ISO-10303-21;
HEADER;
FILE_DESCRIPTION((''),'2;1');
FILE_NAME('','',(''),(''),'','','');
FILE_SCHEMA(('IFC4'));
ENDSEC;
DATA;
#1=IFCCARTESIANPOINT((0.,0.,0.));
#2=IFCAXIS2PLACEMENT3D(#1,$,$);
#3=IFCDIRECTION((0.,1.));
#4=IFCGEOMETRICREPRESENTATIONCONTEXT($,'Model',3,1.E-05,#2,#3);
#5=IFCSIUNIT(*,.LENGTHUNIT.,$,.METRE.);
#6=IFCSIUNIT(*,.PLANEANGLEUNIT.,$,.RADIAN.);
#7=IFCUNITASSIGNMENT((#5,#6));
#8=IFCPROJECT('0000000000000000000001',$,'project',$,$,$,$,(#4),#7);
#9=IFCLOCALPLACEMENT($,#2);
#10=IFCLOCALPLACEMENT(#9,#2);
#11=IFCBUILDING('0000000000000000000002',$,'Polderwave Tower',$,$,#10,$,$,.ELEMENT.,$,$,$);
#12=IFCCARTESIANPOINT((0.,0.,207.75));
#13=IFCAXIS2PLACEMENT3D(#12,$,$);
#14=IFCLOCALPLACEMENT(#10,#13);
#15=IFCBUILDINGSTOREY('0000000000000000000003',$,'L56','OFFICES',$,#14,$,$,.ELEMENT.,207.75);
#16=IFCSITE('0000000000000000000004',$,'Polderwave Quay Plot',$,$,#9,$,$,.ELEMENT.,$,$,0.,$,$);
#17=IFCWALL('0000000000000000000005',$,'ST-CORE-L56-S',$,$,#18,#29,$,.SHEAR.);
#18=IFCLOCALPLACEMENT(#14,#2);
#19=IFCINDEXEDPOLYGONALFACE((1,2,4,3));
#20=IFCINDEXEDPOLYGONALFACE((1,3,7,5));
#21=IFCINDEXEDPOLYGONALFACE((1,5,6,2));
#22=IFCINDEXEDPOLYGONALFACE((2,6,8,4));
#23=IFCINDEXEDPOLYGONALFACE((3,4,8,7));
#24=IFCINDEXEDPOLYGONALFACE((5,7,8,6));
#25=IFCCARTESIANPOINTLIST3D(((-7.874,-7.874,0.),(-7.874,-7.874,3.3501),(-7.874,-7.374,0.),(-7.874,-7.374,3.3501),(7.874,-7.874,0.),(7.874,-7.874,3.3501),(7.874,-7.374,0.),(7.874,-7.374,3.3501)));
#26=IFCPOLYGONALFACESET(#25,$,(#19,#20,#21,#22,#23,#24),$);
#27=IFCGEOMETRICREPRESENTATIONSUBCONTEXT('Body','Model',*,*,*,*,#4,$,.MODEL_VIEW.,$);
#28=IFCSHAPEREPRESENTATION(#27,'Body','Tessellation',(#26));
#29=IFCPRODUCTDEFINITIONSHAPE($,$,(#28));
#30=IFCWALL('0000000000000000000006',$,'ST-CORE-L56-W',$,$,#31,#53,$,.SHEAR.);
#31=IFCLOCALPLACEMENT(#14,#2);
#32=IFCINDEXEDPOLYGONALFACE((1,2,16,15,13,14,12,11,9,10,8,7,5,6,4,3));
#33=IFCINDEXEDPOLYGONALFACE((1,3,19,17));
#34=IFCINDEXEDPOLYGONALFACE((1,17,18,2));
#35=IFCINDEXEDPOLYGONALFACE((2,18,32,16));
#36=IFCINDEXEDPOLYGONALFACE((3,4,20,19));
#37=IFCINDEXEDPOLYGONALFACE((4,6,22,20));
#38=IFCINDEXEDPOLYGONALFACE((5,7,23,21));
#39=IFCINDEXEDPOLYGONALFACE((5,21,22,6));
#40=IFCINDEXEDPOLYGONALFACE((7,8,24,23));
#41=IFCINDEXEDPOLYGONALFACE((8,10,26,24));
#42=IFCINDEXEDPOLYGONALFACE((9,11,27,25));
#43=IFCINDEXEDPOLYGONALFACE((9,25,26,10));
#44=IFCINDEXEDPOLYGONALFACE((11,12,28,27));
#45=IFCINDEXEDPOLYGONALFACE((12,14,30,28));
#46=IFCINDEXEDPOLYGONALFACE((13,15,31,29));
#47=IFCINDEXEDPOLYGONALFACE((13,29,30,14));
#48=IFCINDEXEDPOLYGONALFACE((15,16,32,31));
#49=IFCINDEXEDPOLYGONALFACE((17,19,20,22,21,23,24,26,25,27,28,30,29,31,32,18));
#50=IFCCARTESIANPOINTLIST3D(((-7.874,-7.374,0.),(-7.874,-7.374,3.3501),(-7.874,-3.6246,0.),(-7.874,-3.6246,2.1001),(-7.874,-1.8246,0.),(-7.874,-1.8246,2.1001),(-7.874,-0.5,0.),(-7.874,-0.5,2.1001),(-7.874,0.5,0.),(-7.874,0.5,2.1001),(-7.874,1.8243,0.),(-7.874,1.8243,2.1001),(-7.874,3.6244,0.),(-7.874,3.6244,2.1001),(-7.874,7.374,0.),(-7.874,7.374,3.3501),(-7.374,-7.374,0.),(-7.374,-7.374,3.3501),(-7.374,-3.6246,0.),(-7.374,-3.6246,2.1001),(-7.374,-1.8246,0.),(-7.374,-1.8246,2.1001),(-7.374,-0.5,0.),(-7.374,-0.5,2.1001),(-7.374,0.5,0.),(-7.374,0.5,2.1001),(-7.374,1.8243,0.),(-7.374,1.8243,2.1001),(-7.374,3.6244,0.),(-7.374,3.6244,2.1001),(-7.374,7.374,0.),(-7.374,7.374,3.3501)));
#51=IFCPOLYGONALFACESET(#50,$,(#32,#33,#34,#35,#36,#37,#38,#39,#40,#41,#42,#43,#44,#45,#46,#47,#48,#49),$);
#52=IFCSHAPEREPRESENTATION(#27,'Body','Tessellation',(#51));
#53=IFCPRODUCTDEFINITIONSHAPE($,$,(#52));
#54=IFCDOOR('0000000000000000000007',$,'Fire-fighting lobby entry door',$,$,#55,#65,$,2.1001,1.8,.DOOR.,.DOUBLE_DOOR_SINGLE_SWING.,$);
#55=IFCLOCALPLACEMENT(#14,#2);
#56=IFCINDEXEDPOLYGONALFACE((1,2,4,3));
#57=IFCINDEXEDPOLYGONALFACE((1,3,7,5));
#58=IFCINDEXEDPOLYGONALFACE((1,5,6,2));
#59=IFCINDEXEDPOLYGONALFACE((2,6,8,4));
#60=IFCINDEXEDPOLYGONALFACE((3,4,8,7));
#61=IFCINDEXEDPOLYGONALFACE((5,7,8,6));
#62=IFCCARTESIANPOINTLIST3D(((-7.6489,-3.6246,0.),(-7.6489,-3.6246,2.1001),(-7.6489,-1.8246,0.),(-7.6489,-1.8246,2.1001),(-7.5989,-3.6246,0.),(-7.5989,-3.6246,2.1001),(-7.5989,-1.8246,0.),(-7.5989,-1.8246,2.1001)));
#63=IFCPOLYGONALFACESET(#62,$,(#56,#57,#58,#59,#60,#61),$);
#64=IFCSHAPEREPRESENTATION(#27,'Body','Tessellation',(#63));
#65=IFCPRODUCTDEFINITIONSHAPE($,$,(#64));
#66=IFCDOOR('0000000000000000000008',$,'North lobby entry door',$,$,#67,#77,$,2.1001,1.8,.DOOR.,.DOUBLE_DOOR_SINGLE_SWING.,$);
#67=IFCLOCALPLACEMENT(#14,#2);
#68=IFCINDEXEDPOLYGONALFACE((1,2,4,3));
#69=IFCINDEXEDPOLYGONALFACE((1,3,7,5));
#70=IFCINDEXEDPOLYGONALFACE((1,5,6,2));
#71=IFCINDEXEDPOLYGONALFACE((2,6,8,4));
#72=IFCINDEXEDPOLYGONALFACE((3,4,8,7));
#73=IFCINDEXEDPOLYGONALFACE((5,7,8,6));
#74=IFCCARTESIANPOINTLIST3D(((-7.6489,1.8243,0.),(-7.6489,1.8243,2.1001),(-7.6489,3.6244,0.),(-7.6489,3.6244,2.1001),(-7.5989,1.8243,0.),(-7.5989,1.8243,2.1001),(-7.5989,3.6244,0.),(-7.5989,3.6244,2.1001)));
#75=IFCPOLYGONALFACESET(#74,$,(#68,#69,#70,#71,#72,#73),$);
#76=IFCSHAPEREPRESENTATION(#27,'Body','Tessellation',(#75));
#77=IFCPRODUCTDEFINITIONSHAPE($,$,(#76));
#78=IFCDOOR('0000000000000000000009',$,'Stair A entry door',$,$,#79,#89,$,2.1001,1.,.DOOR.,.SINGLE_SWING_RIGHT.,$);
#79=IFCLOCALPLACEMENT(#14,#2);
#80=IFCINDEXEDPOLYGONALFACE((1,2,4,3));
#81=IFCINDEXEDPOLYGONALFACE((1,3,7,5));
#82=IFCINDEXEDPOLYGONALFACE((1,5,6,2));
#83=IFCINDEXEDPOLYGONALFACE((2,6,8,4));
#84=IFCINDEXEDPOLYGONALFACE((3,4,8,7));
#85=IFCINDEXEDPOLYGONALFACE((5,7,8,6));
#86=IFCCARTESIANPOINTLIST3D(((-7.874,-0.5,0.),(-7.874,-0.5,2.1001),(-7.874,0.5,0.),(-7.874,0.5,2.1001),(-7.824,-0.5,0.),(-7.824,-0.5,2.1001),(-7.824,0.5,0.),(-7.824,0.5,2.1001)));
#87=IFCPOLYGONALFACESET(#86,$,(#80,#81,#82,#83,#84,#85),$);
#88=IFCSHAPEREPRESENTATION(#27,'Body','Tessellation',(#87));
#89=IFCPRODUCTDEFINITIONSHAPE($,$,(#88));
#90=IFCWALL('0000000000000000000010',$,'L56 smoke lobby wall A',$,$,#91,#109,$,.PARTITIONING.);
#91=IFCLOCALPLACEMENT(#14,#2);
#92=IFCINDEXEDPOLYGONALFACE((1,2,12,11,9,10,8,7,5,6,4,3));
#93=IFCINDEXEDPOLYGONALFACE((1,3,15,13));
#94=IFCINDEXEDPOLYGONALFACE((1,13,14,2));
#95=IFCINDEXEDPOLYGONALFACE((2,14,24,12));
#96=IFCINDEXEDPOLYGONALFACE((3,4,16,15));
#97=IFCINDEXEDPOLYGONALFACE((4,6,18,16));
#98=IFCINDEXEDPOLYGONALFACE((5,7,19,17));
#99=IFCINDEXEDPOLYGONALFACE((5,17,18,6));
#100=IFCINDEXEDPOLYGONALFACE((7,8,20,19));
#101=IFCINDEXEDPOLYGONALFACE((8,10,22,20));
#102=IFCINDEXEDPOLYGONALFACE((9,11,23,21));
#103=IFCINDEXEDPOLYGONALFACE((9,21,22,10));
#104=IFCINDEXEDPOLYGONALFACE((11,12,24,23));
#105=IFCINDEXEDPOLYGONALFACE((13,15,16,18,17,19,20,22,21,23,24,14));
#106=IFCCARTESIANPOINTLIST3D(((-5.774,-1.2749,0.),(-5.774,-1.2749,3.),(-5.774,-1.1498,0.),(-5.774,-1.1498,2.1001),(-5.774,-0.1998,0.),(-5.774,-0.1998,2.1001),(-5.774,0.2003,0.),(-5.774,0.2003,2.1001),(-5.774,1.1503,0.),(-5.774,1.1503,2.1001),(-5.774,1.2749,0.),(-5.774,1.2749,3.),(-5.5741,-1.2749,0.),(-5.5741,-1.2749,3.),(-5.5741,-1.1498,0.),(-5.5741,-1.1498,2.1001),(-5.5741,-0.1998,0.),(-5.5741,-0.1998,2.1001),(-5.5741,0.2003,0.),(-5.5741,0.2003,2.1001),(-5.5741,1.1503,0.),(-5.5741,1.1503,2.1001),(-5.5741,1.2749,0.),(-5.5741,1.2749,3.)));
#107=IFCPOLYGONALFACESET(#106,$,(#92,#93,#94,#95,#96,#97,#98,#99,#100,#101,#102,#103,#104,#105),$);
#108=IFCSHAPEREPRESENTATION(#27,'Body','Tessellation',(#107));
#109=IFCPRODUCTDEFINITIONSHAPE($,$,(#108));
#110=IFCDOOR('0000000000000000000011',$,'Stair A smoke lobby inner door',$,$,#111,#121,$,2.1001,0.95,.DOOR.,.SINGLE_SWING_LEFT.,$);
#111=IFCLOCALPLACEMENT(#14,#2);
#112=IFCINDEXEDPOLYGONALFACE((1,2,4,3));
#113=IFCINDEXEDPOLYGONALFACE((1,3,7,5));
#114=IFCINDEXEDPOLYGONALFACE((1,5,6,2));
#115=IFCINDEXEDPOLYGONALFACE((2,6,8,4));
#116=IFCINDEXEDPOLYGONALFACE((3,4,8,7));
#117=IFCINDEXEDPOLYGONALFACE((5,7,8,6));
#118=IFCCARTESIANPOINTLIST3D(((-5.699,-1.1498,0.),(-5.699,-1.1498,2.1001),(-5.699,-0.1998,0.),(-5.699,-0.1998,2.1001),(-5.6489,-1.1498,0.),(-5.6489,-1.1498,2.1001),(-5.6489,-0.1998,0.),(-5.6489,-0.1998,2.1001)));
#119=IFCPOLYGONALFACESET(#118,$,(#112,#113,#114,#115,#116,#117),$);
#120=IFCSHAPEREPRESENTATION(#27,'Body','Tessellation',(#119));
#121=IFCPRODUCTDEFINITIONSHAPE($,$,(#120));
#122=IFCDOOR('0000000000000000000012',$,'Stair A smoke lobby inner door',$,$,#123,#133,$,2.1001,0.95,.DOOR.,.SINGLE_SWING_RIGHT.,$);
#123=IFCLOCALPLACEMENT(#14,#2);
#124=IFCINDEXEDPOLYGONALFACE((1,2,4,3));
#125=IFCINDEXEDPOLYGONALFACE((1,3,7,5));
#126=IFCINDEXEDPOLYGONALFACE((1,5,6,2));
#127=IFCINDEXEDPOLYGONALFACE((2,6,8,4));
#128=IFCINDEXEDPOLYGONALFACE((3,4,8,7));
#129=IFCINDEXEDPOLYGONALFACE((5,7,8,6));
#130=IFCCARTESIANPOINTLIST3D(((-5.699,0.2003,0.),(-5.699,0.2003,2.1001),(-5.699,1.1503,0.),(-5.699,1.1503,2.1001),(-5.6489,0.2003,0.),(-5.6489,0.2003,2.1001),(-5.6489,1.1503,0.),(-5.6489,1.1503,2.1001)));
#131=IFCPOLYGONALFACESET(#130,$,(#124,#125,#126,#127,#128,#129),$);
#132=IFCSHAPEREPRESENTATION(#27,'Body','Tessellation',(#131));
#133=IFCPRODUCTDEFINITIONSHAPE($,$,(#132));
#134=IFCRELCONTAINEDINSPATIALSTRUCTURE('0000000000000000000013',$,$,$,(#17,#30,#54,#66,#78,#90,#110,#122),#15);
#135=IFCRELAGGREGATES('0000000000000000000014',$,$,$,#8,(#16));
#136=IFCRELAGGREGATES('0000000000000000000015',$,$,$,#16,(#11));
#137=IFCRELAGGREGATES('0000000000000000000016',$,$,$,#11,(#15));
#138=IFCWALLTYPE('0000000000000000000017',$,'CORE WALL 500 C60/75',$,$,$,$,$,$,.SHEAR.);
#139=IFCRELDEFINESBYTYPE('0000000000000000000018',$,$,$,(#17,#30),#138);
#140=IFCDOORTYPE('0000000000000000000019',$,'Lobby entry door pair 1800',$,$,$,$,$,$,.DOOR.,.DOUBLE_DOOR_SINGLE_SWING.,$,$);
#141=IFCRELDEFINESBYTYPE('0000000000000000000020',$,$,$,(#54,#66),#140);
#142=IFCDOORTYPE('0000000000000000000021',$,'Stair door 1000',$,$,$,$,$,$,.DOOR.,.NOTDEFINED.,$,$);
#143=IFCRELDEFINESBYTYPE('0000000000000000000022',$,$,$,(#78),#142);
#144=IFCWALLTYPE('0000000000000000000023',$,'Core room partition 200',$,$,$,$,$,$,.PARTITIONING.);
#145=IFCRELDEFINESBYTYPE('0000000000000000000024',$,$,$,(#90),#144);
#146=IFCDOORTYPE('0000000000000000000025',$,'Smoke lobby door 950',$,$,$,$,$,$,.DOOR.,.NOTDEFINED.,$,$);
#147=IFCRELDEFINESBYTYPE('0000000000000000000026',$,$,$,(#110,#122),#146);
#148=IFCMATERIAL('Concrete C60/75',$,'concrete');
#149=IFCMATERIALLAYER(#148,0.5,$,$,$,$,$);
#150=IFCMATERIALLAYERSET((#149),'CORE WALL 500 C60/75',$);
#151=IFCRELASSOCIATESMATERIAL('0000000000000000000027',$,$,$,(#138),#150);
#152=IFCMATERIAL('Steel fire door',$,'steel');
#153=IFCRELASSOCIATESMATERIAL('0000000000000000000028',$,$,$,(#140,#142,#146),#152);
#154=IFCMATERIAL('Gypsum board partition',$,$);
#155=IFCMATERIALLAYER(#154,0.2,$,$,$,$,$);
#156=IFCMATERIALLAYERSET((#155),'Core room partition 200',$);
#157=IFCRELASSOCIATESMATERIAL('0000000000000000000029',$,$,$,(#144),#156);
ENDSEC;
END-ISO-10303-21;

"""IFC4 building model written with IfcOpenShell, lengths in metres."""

from ifc_helpers import new_model, si_unit, direction, frame, frame_2d, origin, place, context, subcontext, project, spatial, rectangle, extrude, material, layer, layer_set, type_object, element, fill, save


model = new_model("IFC4")

# Units and contexts
model_context = context("Model", 3, precision=1e-05, world=origin(), true_north=direction((0.0, 1.0)))
body_context = subcontext(model_context, "Body", "Model", "MODEL_VIEW")
ifc_project = project(units=[si_unit("LENGTHUNIT", "METRE"), si_unit("PLANEANGLEUNIT", "RADIAN")], contexts=[model_context])

# Site, building, storey
site_placement = place(None, origin())
site = spatial("IfcSite", under=ifc_project, at=site_placement, Name="Polderwave Quay Plot", CompositionType="ELEMENT", RefElevation=0.0)
building_placement = place(site_placement, origin())
building = spatial("IfcBuilding", under=site, at=building_placement, Name="Polderwave Tower", CompositionType="ELEMENT")
storey_placement = place(building_placement, frame((0.0, 0.0, 207.75)))
storey = spatial("IfcBuildingStorey", under=building, at=storey_placement, Name="L56", Description="OFFICES", CompositionType="ELEMENT", Elevation=207.75)

# Wall
ifc_material_1 = material(Name="Concrete C60/75", Category="concrete")
ifc_layer_1 = layer(ifc_material_1, 0.5)
ifc_layer_set_1 = layer_set([ifc_layer_1], Name="CORE WALL 500 C60/75")
wall_type_1 = type_object("IfcWallType", Name="CORE WALL 500 C60/75", PredefinedType="SHEAR", material=ifc_layer_set_1)
wall_1_placement = place(storey_placement, frame((-7.874, -7.624, 0.0), z_axis=(0.0, 0.0, 1.0), x_axis=(1.0, 0.0, 0.0)))
element("IfcWall", 1, at=wall_1_placement, inside=storey, type_object=wall_type_1, Name="ST-CORE-L56-S", PredefinedType="SHEAR", context=body_context, shape_type="SweptSolid", body=[
    extrude(rectangle(XDim=15.748, YDim=0.5, at=frame_2d((7.874, 0.0))), origin(), (0.0, 0.0, 1.0), 3.3501),
])

# Walls, openings, doors
wall_2_placement = place(storey_placement, frame((-7.624, -7.374, 0.0), z_axis=(0.0, 0.0, 1.0), x_axis=(0.0, 1.0, 0.0)))
wall_2 = element("IfcWall", 2, at=wall_2_placement, inside=storey, type_object=wall_type_1, Name="ST-CORE-L56-W", PredefinedType="SHEAR", context=body_context, shape_type="SweptSolid", body=[
    extrude(rectangle(XDim=14.748, YDim=0.5, at=frame_2d((7.374, 0.0))), origin(), (0.0, 0.0, 1.0), 3.3501),
])
opening_1_placement = place(wall_2_placement, frame((6.874, 0.0, 0.0)))
opening_1 = element("IfcOpeningElement", 3, at=opening_1_placement, cuts=wall_2, PredefinedType="OPENING", context=body_context, shape_type="SweptSolid", body=[
    extrude(rectangle(XDim=1.0, YDim=2.1001, at=frame_2d((0.5, 1.05))), frame((0.0, 0.26, 0.0), z_axis=(0.0, -1.0, 0.0), x_axis=(1.0, 0.0, 0.0)), (0.0, 0.0, 1.0), 0.52),
])
opening_2_placement = place(wall_2_placement, frame((3.7495, 0.0, 0.0)))
opening_2 = element("IfcOpeningElement", 4, at=opening_2_placement, cuts=wall_2, PredefinedType="OPENING", context=body_context, shape_type="SweptSolid", body=[
    extrude(rectangle(XDim=1.8, YDim=2.1001, at=frame_2d((0.8999, 1.05))), frame((0.0, 0.26, 0.0), z_axis=(0.0, -1.0, 0.0), x_axis=(1.0, 0.0, 0.0)), (0.0, 0.0, 1.0), 0.52),
])
opening_3_placement = place(wall_2_placement, frame((9.1985, 0.0, 0.0)))
opening_3 = element("IfcOpeningElement", 5, at=opening_3_placement, cuts=wall_2, PredefinedType="OPENING", context=body_context, shape_type="SweptSolid", body=[
    extrude(rectangle(XDim=1.8, YDim=2.1001, at=frame_2d((0.8999, 1.05))), frame((0.0, 0.26, 0.0), z_axis=(0.0, -1.0, 0.0), x_axis=(1.0, 0.0, 0.0)), (0.0, 0.0, 1.0), 0.52),
])
ifc_material_2 = material(Name="Steel fire door", Category="steel")
door_type_1 = type_object("IfcDoorType", Name="Lobby entry door pair 1800", OperationType="DOUBLE_DOOR_SINGLE_SWING", PredefinedType="DOOR", material=ifc_material_2)
door_1_placement = place(opening_2_placement, origin())
door_1 = element("IfcDoor", 6, at=door_1_placement, inside=storey, type_object=door_type_1, Name="Fire-fighting lobby entry door", OperationType="DOUBLE_DOOR_SINGLE_SWING", OverallHeight=2.1001, OverallWidth=1.8, PredefinedType="DOOR", context=body_context, shape_type="SweptSolid", body=[
    extrude(rectangle(XDim=1.8, YDim=2.1001, at=frame_2d((0.8999, 1.05))), frame((0.0, 0.0249, 0.0), z_axis=(0.0, -1.0, 0.0), x_axis=(1.0, 0.0, 0.0)), (0.0, 0.0, 1.0), 0.05),
])
fill(opening_2, door_1)
door_2_placement = place(opening_3_placement, origin())
door_2 = element("IfcDoor", 7, at=door_2_placement, inside=storey, type_object=door_type_1, Name="North lobby entry door", OperationType="DOUBLE_DOOR_SINGLE_SWING", OverallHeight=2.1001, OverallWidth=1.8, PredefinedType="DOOR", context=body_context, shape_type="SweptSolid", body=[
    extrude(rectangle(XDim=1.8, YDim=2.1001, at=frame_2d((0.8999, 1.05))), frame((0.0, 0.0249, 0.0), z_axis=(0.0, -1.0, 0.0), x_axis=(1.0, 0.0, 0.0)), (0.0, 0.0, 1.0), 0.05),
])
fill(opening_3, door_2)
door_type_2 = type_object("IfcDoorType", Name="Stair door 1000", OperationType="NOTDEFINED", PredefinedType="DOOR", material=ifc_material_2)
door_3_placement = place(opening_1_placement, origin())
door_3 = element("IfcDoor", 8, at=door_3_placement, inside=storey, type_object=door_type_2, Name="Stair A entry door", OperationType="SINGLE_SWING_RIGHT", OverallHeight=2.1001, OverallWidth=1.0, PredefinedType="DOOR", context=body_context, shape_type="SweptSolid", body=[
    extrude(rectangle(XDim=1.0, YDim=2.1001, at=frame_2d((0.5, 1.05))), frame((0.0, 0.25, 0.0), z_axis=(0.0, -1.0, 0.0), x_axis=(1.0, 0.0, 0.0)), (0.0, 0.0, 1.0), 0.05),
])
fill(opening_1, door_3)
ifc_material_3 = material(Name="Gypsum board partition")
ifc_layer_2 = layer(ifc_material_3, 0.2)
ifc_layer_set_2 = layer_set([ifc_layer_2], Name="Core room partition 200")
wall_type_2 = type_object("IfcWallType", Name="Core room partition 200", PredefinedType="PARTITIONING", material=ifc_layer_set_2)
wall_3_placement = place(storey_placement, frame((-5.6741, -1.2749, 0.0), z_axis=(0.0, 0.0, 1.0), x_axis=(0.0, 1.0, 0.0)))
wall_3 = element("IfcWall", 9, at=wall_3_placement, inside=storey, type_object=wall_type_2, Name="L56 smoke lobby wall A", PredefinedType="PARTITIONING", context=body_context, shape_type="SweptSolid", body=[
    extrude(rectangle(XDim=2.5498, YDim=0.2, at=frame_2d((1.2749, 0.0))), origin(), (0.0, 0.0, 1.0), 3.0),
])
opening_4_placement = place(wall_3_placement, frame((0.125, 0.0, 0.0)))
opening_4 = element("IfcOpeningElement", 10, at=opening_4_placement, cuts=wall_3, PredefinedType="OPENING", context=body_context, shape_type="SweptSolid", body=[
    extrude(rectangle(XDim=0.95, YDim=2.1001, at=frame_2d((0.4751, 1.05))), frame((0.0, 0.1099, 0.0), z_axis=(0.0, -1.0, 0.0), x_axis=(1.0, 0.0, 0.0)), (0.0, 0.0, 1.0), 0.22),
])
opening_5_placement = place(wall_3_placement, frame((1.4751, 0.0, 0.0)))
opening_5 = element("IfcOpeningElement", 11, at=opening_5_placement, cuts=wall_3, PredefinedType="OPENING", context=body_context, shape_type="SweptSolid", body=[
    extrude(rectangle(XDim=0.95, YDim=2.1001, at=frame_2d((0.4751, 1.05))), frame((0.0, 0.1099, 0.0), z_axis=(0.0, -1.0, 0.0), x_axis=(1.0, 0.0, 0.0)), (0.0, 0.0, 1.0), 0.22),
])
door_type_3 = type_object("IfcDoorType", Name="Smoke lobby door 950", OperationType="NOTDEFINED", PredefinedType="DOOR", material=ifc_material_2)
door_4_placement = place(opening_4_placement, origin())
door_4 = element("IfcDoor", 12, at=door_4_placement, inside=storey, type_object=door_type_3, Name="Stair A smoke lobby inner door", OperationType="SINGLE_SWING_LEFT", OverallHeight=2.1001, OverallWidth=0.95, PredefinedType="DOOR", context=body_context, shape_type="SweptSolid", body=[
    extrude(rectangle(XDim=0.95, YDim=2.1001, at=frame_2d((0.4751, 1.05))), frame((0.0, 0.0249, 0.0), z_axis=(0.0, -1.0, 0.0), x_axis=(1.0, 0.0, 0.0)), (0.0, 0.0, 1.0), 0.05),
])
fill(opening_4, door_4)
door_5_placement = place(opening_5_placement, origin())
door_5 = element("IfcDoor", 13, at=door_5_placement, inside=storey, type_object=door_type_3, Name="Stair A smoke lobby inner door", OperationType="SINGLE_SWING_RIGHT", OverallHeight=2.1001, OverallWidth=0.95, PredefinedType="DOOR", context=body_context, shape_type="SweptSolid", body=[
    extrude(rectangle(XDim=0.95, YDim=2.1001, at=frame_2d((0.4751, 1.05))), frame((0.0, 0.0249, 0.0), z_axis=(0.0, -1.0, 0.0), x_axis=(1.0, 0.0, 0.0)), (0.0, 0.0, 1.0), 0.05),
])
fill(opening_5, door_5)

save(model, "model.ifc")
